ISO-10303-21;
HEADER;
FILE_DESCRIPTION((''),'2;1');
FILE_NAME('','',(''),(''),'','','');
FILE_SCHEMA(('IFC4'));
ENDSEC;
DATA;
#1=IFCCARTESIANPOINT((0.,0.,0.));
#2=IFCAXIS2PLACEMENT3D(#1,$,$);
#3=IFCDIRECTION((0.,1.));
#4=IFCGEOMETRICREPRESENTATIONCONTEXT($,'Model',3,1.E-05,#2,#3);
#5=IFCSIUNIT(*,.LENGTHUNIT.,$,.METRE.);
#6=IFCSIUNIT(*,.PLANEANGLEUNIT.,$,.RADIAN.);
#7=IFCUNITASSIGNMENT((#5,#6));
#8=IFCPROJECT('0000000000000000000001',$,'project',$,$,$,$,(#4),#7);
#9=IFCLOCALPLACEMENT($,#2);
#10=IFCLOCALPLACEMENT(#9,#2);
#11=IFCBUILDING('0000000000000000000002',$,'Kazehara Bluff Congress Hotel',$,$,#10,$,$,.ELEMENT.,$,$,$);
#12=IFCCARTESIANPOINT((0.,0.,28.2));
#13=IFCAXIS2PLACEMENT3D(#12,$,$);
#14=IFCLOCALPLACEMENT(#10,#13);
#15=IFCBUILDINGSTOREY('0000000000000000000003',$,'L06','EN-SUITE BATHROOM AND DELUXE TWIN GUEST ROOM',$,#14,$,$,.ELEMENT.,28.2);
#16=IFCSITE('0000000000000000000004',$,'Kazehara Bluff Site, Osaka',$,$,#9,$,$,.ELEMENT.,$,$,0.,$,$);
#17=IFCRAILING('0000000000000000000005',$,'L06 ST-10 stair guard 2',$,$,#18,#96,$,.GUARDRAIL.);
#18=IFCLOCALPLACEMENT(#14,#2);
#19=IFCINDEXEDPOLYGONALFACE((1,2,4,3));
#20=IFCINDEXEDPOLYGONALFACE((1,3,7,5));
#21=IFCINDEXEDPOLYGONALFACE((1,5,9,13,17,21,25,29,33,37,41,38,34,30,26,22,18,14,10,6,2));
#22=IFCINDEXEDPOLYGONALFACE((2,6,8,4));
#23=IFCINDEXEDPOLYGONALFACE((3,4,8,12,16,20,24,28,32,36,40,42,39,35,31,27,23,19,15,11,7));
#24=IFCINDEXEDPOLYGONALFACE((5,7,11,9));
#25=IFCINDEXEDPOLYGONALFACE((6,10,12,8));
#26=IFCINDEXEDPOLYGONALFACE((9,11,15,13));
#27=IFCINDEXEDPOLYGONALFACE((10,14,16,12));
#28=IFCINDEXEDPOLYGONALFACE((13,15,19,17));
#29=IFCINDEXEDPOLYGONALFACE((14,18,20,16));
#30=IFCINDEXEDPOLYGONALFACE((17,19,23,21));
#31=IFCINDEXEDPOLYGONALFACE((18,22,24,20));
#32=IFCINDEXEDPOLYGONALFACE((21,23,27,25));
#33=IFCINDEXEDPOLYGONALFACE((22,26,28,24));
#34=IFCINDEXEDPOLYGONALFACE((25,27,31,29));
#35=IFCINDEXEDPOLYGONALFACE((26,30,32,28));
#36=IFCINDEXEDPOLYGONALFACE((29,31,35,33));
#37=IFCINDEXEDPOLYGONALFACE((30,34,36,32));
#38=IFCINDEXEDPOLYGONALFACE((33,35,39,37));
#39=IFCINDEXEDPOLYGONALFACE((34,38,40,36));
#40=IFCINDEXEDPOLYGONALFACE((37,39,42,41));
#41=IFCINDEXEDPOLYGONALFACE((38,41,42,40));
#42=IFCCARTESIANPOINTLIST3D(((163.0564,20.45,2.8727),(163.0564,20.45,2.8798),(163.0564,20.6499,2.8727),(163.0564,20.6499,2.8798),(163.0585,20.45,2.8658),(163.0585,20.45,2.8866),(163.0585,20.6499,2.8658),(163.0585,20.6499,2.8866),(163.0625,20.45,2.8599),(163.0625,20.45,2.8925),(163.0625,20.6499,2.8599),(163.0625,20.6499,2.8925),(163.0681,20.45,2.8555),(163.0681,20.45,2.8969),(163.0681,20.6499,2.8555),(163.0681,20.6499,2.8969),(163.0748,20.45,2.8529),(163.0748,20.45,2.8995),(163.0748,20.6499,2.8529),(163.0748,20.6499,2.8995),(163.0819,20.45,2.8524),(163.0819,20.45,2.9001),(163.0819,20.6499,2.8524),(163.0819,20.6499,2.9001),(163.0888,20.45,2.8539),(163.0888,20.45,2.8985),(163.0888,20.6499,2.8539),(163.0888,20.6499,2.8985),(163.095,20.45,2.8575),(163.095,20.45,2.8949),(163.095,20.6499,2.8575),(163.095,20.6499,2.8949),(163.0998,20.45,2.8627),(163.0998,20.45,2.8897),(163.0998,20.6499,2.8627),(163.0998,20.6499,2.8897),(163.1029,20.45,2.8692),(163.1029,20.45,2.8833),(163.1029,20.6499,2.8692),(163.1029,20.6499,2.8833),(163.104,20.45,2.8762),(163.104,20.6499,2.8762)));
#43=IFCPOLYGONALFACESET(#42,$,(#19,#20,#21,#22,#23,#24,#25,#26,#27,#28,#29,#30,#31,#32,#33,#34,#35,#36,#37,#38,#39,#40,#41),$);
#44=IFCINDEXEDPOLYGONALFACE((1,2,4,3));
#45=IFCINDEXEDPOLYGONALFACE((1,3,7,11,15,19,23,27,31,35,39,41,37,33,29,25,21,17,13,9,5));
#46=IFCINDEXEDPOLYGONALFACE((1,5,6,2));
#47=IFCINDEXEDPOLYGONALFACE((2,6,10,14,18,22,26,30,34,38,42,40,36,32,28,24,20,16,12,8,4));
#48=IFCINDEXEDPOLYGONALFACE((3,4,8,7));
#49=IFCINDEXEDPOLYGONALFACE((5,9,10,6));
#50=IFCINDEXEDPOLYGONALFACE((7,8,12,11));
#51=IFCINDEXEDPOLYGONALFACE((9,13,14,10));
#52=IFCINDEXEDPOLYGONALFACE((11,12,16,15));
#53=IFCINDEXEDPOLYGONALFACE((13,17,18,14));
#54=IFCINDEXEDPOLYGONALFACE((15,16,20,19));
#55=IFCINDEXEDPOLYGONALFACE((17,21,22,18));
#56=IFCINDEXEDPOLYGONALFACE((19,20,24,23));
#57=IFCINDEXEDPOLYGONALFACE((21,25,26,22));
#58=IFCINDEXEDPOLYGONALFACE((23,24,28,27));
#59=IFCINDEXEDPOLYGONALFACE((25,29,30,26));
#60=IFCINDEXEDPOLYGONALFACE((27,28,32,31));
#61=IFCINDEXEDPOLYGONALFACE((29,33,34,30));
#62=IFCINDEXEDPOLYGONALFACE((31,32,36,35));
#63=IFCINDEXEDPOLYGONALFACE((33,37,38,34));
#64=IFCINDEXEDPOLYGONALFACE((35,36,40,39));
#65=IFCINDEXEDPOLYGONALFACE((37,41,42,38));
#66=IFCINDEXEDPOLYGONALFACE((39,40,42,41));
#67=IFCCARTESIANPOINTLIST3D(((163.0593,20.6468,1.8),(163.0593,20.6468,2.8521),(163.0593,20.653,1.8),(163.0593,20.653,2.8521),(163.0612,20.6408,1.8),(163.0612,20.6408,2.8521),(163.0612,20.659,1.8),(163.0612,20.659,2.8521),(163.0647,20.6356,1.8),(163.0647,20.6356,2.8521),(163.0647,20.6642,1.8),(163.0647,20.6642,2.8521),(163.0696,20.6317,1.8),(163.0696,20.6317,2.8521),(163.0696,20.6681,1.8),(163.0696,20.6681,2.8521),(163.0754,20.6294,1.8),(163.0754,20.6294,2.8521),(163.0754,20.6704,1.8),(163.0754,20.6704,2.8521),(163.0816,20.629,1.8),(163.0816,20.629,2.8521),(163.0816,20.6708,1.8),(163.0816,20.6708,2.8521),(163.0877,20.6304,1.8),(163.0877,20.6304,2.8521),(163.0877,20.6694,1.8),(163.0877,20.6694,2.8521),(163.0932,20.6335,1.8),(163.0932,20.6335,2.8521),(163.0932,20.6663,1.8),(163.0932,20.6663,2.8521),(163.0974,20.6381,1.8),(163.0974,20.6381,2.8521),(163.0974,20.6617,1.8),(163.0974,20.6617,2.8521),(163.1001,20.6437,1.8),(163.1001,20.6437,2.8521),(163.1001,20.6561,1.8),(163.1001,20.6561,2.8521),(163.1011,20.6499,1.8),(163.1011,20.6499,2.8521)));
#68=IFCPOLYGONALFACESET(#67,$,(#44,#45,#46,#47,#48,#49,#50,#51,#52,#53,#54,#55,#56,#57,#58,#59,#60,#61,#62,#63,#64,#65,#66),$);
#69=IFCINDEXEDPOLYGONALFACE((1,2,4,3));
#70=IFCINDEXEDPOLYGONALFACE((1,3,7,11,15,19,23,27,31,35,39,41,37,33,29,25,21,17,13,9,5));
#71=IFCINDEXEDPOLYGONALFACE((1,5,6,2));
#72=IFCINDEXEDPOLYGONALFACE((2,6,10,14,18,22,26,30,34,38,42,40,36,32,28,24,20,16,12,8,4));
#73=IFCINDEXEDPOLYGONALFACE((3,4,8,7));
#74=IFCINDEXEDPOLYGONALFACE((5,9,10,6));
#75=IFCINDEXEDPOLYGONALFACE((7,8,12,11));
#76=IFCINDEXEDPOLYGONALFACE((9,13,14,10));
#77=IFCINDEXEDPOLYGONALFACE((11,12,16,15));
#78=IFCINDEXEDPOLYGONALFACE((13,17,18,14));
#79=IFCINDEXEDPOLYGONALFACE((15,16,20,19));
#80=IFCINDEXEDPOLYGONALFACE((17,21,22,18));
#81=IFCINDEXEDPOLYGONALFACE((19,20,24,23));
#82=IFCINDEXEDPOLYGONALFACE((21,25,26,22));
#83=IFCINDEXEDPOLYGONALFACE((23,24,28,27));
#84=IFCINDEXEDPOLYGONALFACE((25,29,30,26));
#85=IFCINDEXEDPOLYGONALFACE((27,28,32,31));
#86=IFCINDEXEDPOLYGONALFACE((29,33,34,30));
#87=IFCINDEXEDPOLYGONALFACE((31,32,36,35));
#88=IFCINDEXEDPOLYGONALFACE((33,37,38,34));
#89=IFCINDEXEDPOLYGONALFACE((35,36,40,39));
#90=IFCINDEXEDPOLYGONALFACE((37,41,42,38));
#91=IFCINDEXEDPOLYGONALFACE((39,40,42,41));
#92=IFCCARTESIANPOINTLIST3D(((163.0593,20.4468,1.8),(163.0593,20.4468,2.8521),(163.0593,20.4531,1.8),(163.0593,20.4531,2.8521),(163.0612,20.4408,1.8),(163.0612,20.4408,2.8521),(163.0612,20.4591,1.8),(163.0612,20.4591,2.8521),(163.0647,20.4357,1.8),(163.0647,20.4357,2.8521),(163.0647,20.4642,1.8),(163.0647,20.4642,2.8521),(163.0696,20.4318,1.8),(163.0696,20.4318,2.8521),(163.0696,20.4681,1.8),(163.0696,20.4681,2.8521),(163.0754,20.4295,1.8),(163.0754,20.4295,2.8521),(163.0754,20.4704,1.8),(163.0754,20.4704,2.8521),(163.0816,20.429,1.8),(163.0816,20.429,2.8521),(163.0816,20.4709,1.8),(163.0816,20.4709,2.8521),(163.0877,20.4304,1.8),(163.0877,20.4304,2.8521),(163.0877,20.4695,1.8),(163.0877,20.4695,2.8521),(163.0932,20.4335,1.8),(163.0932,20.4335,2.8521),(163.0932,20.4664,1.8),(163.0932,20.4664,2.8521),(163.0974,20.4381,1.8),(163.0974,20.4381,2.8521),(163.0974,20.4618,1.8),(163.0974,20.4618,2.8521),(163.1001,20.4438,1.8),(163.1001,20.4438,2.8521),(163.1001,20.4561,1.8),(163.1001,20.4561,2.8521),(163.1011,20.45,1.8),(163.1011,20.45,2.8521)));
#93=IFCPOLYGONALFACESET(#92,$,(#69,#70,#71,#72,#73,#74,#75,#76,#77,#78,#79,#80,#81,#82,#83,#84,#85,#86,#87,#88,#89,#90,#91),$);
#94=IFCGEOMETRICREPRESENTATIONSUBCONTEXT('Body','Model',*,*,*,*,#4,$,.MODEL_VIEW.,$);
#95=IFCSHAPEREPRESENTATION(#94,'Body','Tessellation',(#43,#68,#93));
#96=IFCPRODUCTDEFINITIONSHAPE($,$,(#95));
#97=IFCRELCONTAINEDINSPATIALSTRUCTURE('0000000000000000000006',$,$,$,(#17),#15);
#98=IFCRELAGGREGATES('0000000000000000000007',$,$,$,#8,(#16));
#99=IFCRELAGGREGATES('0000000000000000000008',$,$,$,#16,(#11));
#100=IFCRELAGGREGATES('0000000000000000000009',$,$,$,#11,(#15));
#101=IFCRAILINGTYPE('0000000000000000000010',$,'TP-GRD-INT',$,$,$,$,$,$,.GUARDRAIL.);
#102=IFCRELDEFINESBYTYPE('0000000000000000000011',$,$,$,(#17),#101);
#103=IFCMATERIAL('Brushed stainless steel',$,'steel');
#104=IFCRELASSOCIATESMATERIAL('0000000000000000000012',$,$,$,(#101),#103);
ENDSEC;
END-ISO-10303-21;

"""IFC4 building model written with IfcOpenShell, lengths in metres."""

from ifc_helpers import new_model, si_unit, direction, frame, origin, origin_2d, place, context, subcontext, project, spatial, circle, extrude, material, type_object, element, save


model = new_model("IFC4")

# Units and contexts
model_context = context("Model", 3, precision=1e-05, world=origin(), true_north=direction((0.0, 1.0)))
body_context = subcontext(model_context, "Body", "Model", "MODEL_VIEW")
ifc_project = project(units=[si_unit("LENGTHUNIT", "METRE"), si_unit("PLANEANGLEUNIT", "RADIAN")], contexts=[model_context])

# Site, building, storey
site_placement = place(None, origin())
site = spatial("IfcSite", under=ifc_project, at=site_placement, Name="Kazehara Bluff Site, Osaka", CompositionType="ELEMENT", RefElevation=0.0)
building_placement = place(site_placement, origin())
building = spatial("IfcBuilding", under=site, at=building_placement, Name="Kazehara Bluff Congress Hotel", CompositionType="ELEMENT")
storey_placement = place(building_placement, frame((0.0, 0.0, 28.2)))
storey = spatial("IfcBuildingStorey", under=building, at=storey_placement, Name="L06", Description="EN-SUITE BATHROOM AND DELUXE TWIN GUEST ROOM", CompositionType="ELEMENT", Elevation=28.2)

# Railing
ifc_material_1 = material(Name="Brushed stainless steel", Category="steel")
railing_type_1 = type_object("IfcRailingType", Name="TP-GRD-INT", PredefinedType="GUARDRAIL", material=ifc_material_1)
railing_1_placement = place(storey_placement, frame((163.0801, 20.6499, 1.8)))
element("IfcRailing", 1, at=railing_1_placement, inside=storey, type_object=railing_type_1, Name="L06 ST-10 stair guard 2", PredefinedType="GUARDRAIL", context=body_context, shape_type="SweptSolid", body=[
    extrude(circle(Radius=0.0239, at=origin_2d()), frame((0.0, 0.0, 1.0762), z_axis=(0.0, -1.0, 0.0), x_axis=(1.0, 0.0, 0.0)), (0.0, 0.0, 1.0), 0.2),
    extrude(circle(Radius=0.021, at=origin_2d()), origin(), (0.0, 0.0, 1.0), 1.052),
    extrude(circle(Radius=0.021, at=origin_2d()), frame((0.0, -0.2, 0.0)), (0.0, 0.0, 1.0), 1.052),
])

save(model, "model.ifc")
